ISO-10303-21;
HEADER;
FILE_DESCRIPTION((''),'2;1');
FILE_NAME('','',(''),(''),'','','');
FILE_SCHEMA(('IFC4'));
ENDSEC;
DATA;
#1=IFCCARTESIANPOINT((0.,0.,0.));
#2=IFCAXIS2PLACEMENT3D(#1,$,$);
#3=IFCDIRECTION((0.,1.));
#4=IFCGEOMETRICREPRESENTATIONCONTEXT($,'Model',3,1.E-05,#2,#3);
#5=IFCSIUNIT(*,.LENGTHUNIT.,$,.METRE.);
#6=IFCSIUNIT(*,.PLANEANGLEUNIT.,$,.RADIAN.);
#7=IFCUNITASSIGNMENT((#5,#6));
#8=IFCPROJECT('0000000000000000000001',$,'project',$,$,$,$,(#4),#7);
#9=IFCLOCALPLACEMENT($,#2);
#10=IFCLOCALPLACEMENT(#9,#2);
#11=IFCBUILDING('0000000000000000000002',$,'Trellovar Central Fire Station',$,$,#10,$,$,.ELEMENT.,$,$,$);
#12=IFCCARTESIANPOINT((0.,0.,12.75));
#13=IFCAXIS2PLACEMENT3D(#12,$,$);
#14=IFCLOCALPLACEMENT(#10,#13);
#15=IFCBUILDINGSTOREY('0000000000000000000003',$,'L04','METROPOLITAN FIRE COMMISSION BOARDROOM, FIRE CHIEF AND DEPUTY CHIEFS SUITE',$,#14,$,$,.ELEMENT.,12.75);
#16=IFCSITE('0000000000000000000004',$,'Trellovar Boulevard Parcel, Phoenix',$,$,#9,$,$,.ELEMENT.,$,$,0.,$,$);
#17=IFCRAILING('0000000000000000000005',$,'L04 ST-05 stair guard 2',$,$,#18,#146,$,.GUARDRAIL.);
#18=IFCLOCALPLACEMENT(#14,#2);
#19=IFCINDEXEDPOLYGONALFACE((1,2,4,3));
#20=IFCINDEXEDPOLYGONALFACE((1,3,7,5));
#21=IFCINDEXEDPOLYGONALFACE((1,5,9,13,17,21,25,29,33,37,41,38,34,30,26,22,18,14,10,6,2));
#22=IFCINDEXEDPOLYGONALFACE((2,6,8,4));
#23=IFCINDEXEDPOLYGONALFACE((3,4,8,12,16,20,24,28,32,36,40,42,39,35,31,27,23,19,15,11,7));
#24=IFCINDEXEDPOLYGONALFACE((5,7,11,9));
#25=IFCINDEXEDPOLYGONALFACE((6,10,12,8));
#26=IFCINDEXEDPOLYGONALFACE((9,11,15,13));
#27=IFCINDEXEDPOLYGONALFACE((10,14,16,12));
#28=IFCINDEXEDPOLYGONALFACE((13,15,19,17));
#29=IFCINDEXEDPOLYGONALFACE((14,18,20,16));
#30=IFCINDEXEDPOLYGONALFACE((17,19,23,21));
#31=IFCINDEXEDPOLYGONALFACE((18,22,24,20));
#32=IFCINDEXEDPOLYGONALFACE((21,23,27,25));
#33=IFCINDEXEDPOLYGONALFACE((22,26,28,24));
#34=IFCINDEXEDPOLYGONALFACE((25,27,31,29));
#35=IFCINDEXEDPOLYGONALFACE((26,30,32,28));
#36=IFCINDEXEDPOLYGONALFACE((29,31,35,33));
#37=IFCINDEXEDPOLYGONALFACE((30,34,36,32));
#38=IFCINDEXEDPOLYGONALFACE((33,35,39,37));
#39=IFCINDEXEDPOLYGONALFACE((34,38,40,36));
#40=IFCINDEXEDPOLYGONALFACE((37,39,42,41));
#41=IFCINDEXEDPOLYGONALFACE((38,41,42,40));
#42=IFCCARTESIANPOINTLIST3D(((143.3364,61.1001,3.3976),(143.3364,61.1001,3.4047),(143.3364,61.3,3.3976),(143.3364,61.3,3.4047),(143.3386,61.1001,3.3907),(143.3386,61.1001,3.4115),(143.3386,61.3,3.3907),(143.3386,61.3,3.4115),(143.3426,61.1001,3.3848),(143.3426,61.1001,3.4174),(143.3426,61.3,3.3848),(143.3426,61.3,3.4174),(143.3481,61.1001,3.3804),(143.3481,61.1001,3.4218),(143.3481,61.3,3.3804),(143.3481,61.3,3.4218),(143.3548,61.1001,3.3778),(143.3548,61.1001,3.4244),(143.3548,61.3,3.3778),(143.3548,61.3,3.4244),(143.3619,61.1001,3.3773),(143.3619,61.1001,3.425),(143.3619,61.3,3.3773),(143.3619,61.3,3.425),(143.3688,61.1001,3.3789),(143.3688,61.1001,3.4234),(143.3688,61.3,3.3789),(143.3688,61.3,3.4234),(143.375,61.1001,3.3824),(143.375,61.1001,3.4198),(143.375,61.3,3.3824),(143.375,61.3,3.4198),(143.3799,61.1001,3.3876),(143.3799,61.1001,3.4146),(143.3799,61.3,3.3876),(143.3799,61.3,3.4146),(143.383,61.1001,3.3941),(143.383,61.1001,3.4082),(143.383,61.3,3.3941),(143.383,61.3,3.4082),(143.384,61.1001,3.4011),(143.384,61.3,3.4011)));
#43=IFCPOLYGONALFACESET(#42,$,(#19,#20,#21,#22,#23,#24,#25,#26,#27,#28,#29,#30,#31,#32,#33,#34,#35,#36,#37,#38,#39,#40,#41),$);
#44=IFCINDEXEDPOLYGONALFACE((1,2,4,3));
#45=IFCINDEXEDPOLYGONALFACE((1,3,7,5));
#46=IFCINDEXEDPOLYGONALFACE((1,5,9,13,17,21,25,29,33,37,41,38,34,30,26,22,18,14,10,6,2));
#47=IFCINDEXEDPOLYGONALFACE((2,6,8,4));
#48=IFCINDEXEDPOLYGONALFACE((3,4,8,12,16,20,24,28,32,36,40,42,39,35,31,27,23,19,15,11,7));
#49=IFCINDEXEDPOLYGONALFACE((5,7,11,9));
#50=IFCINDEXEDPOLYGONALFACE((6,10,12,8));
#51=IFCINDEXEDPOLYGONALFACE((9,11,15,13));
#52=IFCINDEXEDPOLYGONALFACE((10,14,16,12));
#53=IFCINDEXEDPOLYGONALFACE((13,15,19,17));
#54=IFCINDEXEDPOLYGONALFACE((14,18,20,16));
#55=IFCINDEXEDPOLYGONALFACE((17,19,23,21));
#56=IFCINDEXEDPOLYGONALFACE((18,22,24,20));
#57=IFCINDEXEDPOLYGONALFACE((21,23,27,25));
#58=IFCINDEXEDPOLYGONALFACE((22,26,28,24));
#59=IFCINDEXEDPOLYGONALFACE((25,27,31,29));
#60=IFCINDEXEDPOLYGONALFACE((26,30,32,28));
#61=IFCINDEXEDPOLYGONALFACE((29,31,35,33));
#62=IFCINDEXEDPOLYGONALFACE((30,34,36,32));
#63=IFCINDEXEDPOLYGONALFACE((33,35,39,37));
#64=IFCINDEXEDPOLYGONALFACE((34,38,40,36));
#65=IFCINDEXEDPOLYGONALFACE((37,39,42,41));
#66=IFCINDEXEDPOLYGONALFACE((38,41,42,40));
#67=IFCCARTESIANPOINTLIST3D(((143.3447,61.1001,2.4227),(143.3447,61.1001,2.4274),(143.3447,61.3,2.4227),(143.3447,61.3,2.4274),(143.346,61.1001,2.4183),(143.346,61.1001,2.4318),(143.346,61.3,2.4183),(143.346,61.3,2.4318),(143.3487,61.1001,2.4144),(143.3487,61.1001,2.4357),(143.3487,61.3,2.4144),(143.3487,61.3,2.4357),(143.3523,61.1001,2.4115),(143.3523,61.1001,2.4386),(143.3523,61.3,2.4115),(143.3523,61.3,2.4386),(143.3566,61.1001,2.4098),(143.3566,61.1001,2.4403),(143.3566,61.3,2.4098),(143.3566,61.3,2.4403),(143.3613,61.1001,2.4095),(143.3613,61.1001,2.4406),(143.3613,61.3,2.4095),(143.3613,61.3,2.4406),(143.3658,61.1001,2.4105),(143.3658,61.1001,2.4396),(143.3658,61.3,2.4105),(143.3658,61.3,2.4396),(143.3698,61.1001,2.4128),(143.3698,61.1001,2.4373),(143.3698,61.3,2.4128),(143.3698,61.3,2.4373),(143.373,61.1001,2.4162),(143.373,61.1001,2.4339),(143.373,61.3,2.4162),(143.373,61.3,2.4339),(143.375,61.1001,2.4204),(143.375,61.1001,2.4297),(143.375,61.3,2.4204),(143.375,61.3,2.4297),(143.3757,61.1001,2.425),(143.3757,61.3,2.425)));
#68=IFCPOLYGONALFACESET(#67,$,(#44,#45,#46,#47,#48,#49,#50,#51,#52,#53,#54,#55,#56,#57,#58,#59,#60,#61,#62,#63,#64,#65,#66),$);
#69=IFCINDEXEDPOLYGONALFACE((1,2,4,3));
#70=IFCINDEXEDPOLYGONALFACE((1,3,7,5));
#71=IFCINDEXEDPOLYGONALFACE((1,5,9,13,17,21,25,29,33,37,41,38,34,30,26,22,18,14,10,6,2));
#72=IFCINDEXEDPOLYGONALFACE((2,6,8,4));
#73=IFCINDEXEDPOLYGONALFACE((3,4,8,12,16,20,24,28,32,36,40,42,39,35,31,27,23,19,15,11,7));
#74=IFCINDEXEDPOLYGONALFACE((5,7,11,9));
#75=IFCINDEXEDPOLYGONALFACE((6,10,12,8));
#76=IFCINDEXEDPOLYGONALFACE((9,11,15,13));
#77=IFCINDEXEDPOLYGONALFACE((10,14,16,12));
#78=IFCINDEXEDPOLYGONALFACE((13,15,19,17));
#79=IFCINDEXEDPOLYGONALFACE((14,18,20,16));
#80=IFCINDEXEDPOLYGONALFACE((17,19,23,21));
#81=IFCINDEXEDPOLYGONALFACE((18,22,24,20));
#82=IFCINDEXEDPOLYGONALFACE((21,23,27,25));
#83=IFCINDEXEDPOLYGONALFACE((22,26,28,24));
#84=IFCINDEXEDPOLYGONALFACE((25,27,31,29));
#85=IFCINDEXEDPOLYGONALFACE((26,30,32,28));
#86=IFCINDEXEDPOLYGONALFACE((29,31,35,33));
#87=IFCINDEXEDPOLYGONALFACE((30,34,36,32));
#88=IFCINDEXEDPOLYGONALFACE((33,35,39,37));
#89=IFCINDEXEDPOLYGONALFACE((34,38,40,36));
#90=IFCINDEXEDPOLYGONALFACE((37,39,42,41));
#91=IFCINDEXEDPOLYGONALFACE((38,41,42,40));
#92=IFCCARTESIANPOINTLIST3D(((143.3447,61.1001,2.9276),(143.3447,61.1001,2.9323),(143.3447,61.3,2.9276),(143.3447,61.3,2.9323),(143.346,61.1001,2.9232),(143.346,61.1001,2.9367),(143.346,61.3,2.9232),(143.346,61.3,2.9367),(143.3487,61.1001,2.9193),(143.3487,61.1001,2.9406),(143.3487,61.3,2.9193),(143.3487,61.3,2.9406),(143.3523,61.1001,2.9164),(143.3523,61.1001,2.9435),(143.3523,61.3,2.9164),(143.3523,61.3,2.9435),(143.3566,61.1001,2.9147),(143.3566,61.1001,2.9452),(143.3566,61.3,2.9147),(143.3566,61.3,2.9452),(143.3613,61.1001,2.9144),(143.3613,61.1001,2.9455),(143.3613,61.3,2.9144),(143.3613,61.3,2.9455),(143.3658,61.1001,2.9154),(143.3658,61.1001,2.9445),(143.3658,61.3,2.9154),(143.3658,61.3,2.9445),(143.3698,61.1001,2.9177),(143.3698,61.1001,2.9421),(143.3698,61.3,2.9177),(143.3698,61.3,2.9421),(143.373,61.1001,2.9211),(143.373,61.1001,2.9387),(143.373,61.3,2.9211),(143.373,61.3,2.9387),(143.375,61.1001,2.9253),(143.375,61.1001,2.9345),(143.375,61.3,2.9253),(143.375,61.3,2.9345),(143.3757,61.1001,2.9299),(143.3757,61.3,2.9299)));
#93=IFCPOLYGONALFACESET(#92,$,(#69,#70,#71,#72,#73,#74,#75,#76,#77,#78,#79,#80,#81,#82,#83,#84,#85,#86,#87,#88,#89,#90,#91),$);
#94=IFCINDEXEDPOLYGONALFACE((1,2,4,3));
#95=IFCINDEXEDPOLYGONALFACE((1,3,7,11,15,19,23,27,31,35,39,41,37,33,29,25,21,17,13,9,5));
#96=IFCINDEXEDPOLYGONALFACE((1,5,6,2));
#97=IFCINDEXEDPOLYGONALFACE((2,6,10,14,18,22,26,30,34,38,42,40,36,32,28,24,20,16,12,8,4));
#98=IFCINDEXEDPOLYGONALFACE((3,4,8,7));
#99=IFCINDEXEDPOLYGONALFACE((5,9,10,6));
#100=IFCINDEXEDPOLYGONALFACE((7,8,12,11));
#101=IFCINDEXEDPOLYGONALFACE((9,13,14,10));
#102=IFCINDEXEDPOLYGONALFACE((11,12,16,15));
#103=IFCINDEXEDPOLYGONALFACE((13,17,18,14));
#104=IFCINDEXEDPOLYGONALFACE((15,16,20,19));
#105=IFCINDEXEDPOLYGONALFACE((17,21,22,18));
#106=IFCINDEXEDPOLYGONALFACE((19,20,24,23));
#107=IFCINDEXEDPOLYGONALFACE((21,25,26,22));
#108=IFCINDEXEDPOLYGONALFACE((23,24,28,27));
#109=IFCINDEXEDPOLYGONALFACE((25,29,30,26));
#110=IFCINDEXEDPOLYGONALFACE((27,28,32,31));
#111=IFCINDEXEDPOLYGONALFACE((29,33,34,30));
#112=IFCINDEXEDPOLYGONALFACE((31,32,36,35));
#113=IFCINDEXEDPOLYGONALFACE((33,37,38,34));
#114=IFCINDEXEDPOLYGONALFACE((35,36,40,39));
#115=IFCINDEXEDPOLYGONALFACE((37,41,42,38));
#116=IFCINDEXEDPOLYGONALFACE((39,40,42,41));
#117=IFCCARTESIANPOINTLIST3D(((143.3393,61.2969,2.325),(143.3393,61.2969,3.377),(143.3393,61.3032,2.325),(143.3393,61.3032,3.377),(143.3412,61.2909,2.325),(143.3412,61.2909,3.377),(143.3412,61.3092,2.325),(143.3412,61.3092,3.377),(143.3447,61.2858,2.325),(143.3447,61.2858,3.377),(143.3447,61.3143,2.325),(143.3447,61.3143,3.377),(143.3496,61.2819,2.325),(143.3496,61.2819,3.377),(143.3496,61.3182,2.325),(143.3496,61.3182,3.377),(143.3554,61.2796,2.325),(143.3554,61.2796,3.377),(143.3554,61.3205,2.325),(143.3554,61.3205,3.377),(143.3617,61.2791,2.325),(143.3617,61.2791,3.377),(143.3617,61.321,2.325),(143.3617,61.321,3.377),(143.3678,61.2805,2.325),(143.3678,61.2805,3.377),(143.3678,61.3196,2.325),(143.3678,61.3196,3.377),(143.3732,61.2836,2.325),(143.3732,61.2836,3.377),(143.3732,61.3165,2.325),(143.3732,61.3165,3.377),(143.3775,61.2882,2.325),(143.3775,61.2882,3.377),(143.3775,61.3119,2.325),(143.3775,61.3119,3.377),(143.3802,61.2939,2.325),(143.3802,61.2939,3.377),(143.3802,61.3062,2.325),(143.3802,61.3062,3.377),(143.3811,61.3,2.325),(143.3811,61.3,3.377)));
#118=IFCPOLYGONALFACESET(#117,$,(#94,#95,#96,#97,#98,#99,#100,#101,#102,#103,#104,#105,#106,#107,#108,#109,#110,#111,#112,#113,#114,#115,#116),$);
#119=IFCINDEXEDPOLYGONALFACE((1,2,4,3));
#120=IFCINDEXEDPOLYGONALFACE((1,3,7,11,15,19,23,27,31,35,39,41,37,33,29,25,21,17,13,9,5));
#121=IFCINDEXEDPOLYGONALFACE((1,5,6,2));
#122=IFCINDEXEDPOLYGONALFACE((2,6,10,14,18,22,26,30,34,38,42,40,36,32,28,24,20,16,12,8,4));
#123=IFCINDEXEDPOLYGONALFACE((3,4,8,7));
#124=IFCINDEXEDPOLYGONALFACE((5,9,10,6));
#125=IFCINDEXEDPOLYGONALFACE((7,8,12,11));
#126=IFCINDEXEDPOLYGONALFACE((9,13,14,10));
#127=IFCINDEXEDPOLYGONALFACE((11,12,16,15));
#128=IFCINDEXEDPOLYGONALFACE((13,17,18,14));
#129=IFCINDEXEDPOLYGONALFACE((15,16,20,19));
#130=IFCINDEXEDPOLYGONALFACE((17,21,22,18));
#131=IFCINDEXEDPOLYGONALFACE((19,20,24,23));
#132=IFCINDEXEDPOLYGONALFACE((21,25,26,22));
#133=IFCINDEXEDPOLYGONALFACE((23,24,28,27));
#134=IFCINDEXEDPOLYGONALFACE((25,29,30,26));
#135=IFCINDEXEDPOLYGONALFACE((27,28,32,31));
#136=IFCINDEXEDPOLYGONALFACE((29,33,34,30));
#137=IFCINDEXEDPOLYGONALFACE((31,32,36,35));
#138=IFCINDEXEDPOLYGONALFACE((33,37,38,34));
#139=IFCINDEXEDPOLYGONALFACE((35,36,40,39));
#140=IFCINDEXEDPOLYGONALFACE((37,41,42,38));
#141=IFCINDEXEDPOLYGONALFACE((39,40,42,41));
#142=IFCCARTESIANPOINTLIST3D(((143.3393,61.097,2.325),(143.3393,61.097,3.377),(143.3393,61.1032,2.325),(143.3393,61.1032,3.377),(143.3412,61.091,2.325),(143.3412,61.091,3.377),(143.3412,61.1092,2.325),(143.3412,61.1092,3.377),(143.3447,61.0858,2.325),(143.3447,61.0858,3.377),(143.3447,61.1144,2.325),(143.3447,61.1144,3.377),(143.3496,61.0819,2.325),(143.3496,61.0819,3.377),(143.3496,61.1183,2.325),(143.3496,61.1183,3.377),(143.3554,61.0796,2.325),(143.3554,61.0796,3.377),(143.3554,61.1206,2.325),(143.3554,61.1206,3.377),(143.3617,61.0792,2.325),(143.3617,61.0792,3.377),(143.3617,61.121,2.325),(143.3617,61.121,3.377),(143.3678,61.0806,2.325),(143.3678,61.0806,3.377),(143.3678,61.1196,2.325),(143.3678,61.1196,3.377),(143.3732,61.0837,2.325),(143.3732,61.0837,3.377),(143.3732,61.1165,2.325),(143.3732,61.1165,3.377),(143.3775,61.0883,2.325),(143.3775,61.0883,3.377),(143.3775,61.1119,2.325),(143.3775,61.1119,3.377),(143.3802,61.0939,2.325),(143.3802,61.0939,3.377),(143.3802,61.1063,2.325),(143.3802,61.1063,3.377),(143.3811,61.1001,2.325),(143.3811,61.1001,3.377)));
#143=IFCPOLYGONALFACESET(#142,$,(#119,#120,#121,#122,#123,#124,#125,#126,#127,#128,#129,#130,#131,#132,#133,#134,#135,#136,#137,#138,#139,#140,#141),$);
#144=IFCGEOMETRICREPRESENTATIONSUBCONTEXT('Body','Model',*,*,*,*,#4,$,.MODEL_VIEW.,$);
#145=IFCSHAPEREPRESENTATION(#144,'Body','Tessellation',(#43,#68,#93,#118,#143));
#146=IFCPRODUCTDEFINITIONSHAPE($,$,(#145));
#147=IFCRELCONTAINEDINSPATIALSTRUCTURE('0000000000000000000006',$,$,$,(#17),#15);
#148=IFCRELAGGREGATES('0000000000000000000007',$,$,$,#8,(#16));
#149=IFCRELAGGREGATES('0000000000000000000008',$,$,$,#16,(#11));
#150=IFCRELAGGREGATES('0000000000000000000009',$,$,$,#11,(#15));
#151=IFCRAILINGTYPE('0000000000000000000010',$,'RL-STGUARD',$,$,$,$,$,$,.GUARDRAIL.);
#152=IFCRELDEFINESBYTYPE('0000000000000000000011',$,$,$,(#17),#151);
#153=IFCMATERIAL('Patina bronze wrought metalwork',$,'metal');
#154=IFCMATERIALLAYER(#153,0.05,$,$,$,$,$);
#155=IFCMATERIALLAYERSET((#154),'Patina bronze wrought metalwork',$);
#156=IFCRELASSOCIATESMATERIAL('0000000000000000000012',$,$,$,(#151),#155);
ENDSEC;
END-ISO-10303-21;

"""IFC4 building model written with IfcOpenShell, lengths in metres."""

from ifc_helpers import new_model, si_unit, direction, frame, origin, origin_2d, place, context, subcontext, project, spatial, circle, extrude, material, layer, layer_set, type_object, element, save


model = new_model("IFC4")

# Units and contexts
model_context = context("Model", 3, precision=1e-05, world=origin(), true_north=direction((0.0, 1.0)))
body_context = subcontext(model_context, "Body", "Model", "MODEL_VIEW")
ifc_project = project(units=[si_unit("LENGTHUNIT", "METRE"), si_unit("PLANEANGLEUNIT", "RADIAN")], contexts=[model_context])

# Site, building, storey
site_placement = place(None, origin())
site = spatial("IfcSite", under=ifc_project, at=site_placement, Name="Trellovar Boulevard Parcel, Phoenix", CompositionType="ELEMENT", RefElevation=0.0)
building_placement = place(site_placement, origin())
building = spatial("IfcBuilding", under=site, at=building_placement, Name="Trellovar Central Fire Station", CompositionType="ELEMENT")
storey_placement = place(building_placement, frame((0.0, 0.0, 12.75)))
storey = spatial("IfcBuildingStorey", under=building, at=storey_placement, Name="L04", Description="METROPOLITAN FIRE COMMISSION BOARDROOM, FIRE CHIEF AND DEPUTY CHIEFS SUITE", CompositionType="ELEMENT", Elevation=12.75)

# Railing
ifc_material_1 = material(Name="Patina bronze wrought metalwork", Category="metal")
ifc_layer_1 = layer(ifc_material_1, 0.05)
ifc_layer_set_1 = layer_set([ifc_layer_1], Name="Patina bronze wrought metalwork")
railing_type_1 = type_object("IfcRailingType", Name="RL-STGUARD", PredefinedType="GUARDRAIL", material=ifc_layer_set_1)
railing_1_placement = place(storey_placement, frame((143.3601, 61.3, 2.325)))
element("IfcRailing", 1, at=railing_1_placement, inside=storey, type_object=railing_type_1, Name="L04 ST-05 stair guard 2", PredefinedType="GUARDRAIL", context=body_context, shape_type="SweptSolid", body=[
    extrude(circle(Radius=0.0239, at=origin_2d()), frame((0.0, 0.0, 1.0762), z_axis=(0.0, -1.0, 0.0), x_axis=(1.0, 0.0, 0.0)), (0.0, 0.0, 1.0), 0.2),
    extrude(circle(Radius=0.0156, at=origin_2d()), frame((0.0, 0.0, 0.1001), z_axis=(0.0, -1.0, 0.0), x_axis=(1.0, 0.0, 0.0)), (0.0, 0.0, 1.0), 0.2),
    extrude(circle(Radius=0.0156, at=origin_2d()), frame((0.0, 0.0, 0.605), z_axis=(0.0, -1.0, 0.0), x_axis=(1.0, 0.0, 0.0)), (0.0, 0.0, 1.0), 0.2),
    extrude(circle(Radius=0.021, at=origin_2d()), origin(), (0.0, 0.0, 1.0), 1.052),
    extrude(circle(Radius=0.021, at=origin_2d()), frame((0.0, -0.2, 0.0)), (0.0, 0.0, 1.0), 1.052),
])

save(model, "model.ifc")
